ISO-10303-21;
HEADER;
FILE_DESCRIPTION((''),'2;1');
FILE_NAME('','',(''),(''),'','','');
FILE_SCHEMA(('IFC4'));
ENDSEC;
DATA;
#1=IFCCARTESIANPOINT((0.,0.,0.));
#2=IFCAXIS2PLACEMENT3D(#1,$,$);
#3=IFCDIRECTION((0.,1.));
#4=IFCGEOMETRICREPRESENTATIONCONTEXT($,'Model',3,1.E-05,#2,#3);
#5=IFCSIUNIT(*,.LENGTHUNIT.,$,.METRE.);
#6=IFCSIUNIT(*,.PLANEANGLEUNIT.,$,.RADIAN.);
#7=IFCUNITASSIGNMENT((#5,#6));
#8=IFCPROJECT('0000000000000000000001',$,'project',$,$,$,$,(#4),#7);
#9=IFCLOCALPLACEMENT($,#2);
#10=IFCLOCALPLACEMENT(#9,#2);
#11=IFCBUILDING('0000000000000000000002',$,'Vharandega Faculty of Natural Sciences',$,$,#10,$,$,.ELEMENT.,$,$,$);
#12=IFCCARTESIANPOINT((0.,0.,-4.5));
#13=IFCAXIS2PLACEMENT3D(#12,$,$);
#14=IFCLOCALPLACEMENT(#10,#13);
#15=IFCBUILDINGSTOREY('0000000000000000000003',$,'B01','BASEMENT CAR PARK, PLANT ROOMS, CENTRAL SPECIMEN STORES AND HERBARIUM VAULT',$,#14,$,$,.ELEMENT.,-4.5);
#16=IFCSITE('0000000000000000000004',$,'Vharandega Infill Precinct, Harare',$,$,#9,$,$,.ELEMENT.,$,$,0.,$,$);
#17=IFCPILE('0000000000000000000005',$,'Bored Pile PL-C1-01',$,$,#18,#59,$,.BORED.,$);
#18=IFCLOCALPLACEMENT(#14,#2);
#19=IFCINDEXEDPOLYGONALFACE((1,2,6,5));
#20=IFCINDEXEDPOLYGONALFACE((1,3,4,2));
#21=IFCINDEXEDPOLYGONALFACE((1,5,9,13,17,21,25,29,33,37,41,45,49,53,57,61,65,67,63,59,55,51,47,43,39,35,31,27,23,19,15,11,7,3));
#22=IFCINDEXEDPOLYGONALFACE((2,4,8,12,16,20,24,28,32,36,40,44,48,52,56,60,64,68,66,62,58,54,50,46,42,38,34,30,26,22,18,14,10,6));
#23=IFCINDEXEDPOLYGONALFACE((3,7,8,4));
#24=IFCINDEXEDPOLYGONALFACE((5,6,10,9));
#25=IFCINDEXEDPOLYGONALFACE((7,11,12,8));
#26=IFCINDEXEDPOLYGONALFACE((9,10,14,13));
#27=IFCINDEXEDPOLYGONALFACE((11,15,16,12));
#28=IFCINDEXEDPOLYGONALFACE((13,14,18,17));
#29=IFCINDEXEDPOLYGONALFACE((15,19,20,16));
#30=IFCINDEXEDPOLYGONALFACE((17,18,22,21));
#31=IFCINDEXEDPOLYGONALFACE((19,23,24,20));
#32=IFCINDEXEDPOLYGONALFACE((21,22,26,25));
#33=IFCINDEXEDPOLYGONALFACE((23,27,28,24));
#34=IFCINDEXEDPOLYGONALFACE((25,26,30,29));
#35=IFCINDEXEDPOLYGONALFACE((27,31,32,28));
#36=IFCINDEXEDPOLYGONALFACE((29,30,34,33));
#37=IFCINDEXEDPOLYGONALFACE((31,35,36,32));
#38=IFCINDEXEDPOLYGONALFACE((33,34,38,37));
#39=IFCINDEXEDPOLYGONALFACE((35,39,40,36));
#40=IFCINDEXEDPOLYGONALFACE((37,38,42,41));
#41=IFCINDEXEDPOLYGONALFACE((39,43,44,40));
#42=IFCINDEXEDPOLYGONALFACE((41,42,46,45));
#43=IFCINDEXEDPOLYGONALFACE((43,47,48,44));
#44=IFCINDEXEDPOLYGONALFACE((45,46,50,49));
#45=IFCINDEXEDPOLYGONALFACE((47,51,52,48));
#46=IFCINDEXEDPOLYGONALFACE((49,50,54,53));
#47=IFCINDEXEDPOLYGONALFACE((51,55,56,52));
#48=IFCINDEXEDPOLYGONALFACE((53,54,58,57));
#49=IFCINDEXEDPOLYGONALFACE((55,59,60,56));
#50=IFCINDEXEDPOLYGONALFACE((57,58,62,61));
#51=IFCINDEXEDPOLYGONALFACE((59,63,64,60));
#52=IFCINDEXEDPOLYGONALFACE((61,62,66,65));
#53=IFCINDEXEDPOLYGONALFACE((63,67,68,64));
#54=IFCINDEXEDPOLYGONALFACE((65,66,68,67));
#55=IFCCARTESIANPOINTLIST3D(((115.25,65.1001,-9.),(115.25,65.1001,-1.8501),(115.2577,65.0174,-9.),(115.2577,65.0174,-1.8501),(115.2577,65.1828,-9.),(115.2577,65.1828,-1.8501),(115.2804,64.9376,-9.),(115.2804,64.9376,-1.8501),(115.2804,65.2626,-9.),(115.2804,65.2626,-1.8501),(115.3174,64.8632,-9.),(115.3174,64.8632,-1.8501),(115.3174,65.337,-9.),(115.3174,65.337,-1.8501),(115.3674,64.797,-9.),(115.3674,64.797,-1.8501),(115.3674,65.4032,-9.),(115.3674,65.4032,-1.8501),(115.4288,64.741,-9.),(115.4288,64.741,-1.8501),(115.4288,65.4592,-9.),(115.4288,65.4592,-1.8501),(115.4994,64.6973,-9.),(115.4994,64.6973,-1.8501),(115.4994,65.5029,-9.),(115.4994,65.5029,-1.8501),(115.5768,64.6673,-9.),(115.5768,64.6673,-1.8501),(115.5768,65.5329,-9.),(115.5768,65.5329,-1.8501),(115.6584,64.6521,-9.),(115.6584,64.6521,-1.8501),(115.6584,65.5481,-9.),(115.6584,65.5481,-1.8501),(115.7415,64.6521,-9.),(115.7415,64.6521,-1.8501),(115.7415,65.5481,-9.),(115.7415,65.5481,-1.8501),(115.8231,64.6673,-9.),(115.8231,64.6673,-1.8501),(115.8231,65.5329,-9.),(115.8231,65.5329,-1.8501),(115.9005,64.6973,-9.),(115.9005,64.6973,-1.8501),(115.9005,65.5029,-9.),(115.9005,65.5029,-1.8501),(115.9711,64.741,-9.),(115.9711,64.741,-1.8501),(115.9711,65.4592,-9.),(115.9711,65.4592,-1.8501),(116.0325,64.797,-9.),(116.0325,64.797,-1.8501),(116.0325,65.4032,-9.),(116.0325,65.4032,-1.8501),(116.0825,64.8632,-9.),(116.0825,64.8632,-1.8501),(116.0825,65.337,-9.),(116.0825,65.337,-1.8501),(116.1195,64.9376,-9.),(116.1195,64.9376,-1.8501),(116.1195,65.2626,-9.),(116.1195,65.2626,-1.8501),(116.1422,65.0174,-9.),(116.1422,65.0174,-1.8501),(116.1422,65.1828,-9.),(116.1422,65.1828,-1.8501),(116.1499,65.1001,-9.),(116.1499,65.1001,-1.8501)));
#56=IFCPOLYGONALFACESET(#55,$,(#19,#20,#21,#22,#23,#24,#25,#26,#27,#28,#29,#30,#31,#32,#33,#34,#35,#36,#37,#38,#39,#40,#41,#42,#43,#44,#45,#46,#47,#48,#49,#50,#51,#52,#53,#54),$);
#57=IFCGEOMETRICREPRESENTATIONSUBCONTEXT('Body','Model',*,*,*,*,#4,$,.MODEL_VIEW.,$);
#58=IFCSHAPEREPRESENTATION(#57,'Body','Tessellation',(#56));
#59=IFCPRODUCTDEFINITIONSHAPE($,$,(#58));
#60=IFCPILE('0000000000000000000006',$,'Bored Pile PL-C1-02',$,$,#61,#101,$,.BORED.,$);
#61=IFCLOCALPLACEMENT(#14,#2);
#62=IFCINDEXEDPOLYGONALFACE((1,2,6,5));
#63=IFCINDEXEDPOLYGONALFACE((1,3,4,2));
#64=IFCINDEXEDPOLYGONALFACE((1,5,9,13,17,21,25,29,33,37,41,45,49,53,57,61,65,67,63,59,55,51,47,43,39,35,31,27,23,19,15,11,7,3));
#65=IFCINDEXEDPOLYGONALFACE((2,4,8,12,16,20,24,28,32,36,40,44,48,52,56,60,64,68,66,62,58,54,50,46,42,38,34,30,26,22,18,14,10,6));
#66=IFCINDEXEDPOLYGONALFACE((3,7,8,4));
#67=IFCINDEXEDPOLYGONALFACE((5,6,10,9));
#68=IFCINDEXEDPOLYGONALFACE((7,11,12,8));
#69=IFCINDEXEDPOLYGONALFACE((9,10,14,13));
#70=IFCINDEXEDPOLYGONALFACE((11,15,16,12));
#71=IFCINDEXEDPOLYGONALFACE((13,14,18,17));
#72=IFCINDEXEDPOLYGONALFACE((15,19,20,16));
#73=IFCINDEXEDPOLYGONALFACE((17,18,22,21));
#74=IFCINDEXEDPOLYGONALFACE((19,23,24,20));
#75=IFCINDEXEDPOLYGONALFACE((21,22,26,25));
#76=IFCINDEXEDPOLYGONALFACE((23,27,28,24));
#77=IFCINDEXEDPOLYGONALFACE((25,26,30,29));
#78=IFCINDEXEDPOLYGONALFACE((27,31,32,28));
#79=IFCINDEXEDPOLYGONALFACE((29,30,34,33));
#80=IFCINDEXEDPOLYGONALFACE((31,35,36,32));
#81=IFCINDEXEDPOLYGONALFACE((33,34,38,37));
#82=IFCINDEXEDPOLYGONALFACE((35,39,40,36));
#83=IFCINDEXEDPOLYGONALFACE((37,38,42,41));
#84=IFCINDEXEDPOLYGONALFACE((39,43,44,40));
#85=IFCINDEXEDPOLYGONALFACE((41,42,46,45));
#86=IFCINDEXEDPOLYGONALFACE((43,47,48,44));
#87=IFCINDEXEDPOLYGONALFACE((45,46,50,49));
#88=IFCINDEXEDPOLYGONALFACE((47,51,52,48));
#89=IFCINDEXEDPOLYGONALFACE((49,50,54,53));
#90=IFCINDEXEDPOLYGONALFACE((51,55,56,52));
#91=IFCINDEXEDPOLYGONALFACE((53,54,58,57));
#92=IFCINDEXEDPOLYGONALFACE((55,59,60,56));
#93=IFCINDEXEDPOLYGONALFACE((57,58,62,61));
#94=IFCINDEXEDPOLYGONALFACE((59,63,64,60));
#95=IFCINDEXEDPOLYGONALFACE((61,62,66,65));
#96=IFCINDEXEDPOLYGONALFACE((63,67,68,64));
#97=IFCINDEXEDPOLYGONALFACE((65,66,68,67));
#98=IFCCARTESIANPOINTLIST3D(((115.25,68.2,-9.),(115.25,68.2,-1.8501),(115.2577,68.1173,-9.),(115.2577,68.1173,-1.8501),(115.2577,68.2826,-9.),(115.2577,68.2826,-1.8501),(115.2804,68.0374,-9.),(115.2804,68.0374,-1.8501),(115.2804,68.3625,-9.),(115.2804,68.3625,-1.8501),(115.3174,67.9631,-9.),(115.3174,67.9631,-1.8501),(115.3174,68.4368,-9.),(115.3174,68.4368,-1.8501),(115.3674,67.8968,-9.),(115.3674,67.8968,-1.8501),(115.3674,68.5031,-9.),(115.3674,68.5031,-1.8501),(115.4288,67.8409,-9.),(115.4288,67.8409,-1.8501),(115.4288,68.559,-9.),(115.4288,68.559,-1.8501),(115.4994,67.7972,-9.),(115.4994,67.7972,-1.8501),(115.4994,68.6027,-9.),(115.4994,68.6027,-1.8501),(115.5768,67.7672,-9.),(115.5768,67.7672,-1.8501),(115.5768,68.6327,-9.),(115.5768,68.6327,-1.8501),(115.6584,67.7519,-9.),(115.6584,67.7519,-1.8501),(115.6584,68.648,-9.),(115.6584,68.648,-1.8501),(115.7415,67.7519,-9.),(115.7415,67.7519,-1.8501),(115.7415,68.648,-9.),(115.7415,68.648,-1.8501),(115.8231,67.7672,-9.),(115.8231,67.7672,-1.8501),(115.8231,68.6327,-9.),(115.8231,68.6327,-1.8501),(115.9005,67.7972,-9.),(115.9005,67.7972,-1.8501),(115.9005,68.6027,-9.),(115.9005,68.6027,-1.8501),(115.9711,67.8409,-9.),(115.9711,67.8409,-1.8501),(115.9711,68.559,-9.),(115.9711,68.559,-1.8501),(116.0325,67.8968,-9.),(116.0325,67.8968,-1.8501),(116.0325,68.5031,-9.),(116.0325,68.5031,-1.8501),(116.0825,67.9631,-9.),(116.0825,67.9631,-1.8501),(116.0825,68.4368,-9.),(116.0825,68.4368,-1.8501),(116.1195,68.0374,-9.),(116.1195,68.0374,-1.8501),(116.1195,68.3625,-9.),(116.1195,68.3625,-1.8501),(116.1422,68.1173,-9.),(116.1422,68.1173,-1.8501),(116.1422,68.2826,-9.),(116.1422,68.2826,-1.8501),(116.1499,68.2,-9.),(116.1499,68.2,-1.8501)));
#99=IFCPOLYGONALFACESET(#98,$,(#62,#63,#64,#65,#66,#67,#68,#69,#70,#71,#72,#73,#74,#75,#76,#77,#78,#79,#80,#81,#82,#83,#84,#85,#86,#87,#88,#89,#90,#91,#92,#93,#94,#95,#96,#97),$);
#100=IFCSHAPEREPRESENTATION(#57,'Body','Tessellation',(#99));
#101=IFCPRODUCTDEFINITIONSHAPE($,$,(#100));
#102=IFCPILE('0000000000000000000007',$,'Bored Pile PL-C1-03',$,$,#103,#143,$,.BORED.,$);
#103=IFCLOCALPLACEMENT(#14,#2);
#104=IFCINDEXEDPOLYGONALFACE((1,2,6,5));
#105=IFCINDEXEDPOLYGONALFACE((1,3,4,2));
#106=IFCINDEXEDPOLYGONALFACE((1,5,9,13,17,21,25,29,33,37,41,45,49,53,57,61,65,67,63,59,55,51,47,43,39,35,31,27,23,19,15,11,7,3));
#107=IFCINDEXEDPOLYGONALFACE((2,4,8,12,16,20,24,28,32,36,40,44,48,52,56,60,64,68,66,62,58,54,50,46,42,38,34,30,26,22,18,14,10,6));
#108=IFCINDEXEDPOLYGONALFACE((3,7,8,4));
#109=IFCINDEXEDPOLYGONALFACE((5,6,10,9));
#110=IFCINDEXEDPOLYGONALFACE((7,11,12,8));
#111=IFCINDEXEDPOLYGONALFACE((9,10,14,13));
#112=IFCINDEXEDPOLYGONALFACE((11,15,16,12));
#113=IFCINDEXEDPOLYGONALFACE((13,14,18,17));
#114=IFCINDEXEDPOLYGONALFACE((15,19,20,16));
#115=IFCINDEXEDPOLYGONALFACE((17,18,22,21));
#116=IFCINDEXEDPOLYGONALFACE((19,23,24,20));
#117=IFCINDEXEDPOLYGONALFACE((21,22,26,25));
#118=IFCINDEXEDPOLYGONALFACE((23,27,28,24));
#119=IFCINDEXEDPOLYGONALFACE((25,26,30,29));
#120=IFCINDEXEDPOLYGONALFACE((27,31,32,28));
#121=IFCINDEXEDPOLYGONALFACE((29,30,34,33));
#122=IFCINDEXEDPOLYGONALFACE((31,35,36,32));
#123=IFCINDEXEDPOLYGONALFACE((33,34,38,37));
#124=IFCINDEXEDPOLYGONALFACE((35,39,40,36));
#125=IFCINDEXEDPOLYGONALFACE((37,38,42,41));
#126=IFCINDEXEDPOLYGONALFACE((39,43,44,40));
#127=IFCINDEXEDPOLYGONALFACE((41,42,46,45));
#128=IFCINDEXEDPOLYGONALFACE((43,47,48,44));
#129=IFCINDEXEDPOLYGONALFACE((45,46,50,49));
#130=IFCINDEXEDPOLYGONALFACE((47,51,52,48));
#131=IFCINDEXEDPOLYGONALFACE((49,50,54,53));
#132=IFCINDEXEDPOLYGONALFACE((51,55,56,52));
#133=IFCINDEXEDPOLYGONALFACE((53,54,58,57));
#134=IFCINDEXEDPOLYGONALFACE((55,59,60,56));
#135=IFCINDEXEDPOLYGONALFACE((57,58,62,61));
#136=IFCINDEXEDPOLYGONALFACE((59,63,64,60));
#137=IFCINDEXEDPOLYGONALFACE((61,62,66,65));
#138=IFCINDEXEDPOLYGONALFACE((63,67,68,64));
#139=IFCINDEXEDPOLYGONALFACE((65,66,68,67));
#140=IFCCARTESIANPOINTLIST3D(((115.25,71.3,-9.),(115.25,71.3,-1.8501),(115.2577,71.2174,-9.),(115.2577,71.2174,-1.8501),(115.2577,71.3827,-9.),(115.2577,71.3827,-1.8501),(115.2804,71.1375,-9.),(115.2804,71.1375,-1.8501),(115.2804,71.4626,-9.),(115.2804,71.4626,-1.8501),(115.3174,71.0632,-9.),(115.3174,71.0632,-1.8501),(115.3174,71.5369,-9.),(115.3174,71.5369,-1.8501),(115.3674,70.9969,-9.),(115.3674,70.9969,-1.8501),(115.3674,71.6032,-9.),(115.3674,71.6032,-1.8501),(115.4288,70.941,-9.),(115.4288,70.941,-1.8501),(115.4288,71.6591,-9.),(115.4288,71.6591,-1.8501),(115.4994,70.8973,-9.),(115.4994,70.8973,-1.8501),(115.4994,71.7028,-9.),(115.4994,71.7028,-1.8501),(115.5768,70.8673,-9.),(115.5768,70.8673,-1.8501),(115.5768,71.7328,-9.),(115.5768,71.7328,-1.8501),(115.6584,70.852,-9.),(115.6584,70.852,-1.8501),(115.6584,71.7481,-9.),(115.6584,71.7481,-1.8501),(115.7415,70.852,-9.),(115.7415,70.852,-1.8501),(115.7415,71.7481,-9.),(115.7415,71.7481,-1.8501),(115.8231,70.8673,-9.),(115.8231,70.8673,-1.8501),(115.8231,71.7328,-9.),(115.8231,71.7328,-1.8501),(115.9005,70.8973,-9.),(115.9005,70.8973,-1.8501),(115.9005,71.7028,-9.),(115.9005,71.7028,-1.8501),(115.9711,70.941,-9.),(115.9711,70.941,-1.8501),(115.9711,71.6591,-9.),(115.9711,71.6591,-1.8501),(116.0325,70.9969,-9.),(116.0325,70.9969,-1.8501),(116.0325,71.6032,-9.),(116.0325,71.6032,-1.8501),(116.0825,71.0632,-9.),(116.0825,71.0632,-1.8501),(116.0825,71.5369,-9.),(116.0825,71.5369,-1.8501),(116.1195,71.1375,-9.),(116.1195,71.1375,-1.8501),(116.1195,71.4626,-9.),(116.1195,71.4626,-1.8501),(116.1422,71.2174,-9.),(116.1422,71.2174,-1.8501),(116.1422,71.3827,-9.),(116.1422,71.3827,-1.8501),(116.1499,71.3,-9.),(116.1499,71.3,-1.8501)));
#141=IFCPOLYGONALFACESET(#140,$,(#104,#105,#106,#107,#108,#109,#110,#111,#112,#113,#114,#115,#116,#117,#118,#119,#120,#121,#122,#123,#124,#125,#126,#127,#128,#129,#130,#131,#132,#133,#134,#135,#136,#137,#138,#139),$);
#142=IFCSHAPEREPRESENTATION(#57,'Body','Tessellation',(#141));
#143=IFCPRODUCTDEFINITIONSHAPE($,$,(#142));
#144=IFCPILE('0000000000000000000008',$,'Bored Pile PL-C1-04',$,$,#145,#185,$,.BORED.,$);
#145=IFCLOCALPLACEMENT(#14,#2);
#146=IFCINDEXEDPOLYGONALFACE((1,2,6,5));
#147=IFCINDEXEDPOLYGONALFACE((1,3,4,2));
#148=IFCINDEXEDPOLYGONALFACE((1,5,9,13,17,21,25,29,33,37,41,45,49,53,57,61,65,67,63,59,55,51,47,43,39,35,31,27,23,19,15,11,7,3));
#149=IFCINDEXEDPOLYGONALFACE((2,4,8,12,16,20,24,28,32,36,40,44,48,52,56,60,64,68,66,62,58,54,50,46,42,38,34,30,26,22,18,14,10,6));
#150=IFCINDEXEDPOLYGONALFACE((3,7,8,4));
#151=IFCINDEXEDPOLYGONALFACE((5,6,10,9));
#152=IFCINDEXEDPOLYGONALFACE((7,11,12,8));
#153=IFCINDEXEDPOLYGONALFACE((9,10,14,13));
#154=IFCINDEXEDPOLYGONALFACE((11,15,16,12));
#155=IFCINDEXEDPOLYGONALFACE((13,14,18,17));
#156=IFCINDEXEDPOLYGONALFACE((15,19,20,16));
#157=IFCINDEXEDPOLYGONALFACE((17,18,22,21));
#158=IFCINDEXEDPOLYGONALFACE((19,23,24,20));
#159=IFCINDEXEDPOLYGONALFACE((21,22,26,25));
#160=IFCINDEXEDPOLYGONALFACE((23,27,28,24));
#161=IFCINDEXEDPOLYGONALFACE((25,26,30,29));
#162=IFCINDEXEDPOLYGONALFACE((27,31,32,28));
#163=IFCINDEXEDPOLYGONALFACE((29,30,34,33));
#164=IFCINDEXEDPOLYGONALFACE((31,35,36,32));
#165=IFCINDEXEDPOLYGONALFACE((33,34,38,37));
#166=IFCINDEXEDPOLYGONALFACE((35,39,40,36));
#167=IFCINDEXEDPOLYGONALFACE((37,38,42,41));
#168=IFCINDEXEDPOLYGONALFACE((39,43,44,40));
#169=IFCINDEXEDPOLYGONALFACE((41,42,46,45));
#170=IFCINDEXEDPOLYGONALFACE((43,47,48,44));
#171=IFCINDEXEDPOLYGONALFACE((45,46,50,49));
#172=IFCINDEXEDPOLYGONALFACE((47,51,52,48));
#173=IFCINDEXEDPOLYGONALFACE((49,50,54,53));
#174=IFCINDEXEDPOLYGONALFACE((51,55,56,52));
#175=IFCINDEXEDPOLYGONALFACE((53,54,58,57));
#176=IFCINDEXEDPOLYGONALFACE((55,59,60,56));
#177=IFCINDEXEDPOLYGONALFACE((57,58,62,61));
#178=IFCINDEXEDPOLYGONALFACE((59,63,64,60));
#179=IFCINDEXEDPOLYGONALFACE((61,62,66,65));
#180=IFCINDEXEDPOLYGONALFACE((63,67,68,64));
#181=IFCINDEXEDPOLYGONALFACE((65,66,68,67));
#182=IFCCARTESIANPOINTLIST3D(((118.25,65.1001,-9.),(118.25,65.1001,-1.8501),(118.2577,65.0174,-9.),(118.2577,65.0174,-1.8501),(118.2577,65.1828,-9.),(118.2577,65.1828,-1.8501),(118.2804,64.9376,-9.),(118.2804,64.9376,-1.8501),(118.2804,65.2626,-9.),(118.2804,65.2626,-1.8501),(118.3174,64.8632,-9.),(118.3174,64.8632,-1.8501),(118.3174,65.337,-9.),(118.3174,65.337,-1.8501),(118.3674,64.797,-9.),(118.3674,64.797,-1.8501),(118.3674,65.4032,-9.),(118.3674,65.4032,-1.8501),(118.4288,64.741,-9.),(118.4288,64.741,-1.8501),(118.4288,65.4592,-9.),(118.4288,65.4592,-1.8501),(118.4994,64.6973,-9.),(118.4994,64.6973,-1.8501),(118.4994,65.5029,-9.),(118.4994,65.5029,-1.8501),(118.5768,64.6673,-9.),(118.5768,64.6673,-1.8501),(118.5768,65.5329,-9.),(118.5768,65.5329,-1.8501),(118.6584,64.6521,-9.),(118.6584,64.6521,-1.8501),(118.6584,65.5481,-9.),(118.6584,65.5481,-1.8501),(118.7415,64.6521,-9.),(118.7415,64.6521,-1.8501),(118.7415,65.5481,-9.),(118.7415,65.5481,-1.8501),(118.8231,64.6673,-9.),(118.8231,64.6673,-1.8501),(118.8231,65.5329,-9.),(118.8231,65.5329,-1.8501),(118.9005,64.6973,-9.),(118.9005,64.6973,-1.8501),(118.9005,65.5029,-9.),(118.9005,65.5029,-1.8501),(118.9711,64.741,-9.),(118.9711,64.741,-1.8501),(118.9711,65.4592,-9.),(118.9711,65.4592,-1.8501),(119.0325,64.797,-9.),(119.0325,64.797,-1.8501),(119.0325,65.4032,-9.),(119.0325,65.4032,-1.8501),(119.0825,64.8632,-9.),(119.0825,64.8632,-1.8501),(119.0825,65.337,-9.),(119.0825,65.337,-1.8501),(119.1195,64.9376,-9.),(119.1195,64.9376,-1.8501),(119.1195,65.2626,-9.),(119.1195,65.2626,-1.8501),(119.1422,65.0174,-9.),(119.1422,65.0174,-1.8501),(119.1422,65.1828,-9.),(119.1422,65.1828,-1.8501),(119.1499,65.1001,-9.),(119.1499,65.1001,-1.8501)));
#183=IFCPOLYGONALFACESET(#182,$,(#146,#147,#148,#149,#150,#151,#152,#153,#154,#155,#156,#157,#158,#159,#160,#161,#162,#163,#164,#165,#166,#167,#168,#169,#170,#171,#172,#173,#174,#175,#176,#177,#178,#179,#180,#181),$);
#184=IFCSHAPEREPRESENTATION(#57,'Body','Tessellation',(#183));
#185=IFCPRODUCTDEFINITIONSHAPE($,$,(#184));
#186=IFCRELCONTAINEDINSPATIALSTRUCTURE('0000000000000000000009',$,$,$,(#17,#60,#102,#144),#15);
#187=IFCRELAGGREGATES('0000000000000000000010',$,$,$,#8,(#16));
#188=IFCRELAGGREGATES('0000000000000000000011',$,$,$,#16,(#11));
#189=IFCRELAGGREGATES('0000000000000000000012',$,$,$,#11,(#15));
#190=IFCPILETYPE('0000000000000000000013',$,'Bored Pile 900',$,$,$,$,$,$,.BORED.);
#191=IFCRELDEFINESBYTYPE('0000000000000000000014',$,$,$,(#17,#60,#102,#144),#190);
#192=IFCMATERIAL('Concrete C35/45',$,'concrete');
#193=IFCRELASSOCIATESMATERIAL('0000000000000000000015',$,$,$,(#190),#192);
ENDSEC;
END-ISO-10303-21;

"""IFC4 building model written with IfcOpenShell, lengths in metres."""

from ifc_helpers import new_model, si_unit, direction, frame, origin, origin_2d, place, context, subcontext, project, spatial, circle, extrude, material, material_profile, profile_set, type_object, element, save


model = new_model("IFC4")

# Units and contexts
model_context = context("Model", 3, precision=1e-05, world=origin(), true_north=direction((0.0, 1.0)))
body_context = subcontext(model_context, "Body", "Model", "MODEL_VIEW")
ifc_project = project(units=[si_unit("LENGTHUNIT", "METRE"), si_unit("PLANEANGLEUNIT", "RADIAN")], contexts=[model_context])

# Site, building, storey
site_placement = place(None, origin())
site = spatial("IfcSite", under=ifc_project, at=site_placement, Name="Vharandega Infill Precinct, Harare", CompositionType="ELEMENT", RefElevation=0.0)
building_placement = place(site_placement, origin())
building = spatial("IfcBuilding", under=site, at=building_placement, Name="Vharandega Faculty of Natural Sciences", CompositionType="ELEMENT")
storey_placement = place(building_placement, frame((0.0, 0.0, -4.5)))
storey = spatial("IfcBuildingStorey", under=building, at=storey_placement, Name="B01", Description="BASEMENT CAR PARK, PLANT ROOMS, CENTRAL SPECIMEN STORES AND HERBARIUM VAULT", CompositionType="ELEMENT", Elevation=-4.5)

# Piles
ifc_material_1 = material(Name="Concrete C35/45", Category="concrete")
ifc_material_profile = material_profile(ifc_material_1, circle(Radius=0.45, at=origin_2d()), Name="PILE 900")
ifc_profile_set = profile_set([ifc_material_profile], Name="Concrete C35/45")
pile_type = type_object("IfcPileType", Name="Bored Pile 900", PredefinedType="BORED", material=ifc_profile_set)
for number, where, z_axis, x_axis, name in (
    (1, (115.7, 65.1001, -1.8501), (0.0, 0.0, -1.0), (1.0, 0.0, 0.0), "Bored Pile PL-C1-01"),
    (2, (115.7, 68.2, -1.8501), (0.0, 0.0, -1.0), (1.0, 0.0, 0.0), "Bored Pile PL-C1-02"),
    (3, (115.7, 71.3, -1.8501), (0.0, 0.0, -1.0), (1.0, 0.0, 0.0), "Bored Pile PL-C1-03"),
    (4, (118.7, 65.1001, -1.8501), (0.0, 0.0, -1.0), (1.0, 0.0, 0.0), "Bored Pile PL-C1-04"),
):
    element("IfcPile", number, at=place(storey_placement, frame(where, z_axis=z_axis, x_axis=x_axis)), inside=storey, type_object=pile_type, Name=name, PredefinedType="BORED", context=body_context, shape_type="SweptSolid", body=[
        extrude(circle(Radius=0.45, at=origin_2d()), origin(), (0.0, 0.0, 1.0), 7.1499),
    ])

save(model, "model.ifc")
